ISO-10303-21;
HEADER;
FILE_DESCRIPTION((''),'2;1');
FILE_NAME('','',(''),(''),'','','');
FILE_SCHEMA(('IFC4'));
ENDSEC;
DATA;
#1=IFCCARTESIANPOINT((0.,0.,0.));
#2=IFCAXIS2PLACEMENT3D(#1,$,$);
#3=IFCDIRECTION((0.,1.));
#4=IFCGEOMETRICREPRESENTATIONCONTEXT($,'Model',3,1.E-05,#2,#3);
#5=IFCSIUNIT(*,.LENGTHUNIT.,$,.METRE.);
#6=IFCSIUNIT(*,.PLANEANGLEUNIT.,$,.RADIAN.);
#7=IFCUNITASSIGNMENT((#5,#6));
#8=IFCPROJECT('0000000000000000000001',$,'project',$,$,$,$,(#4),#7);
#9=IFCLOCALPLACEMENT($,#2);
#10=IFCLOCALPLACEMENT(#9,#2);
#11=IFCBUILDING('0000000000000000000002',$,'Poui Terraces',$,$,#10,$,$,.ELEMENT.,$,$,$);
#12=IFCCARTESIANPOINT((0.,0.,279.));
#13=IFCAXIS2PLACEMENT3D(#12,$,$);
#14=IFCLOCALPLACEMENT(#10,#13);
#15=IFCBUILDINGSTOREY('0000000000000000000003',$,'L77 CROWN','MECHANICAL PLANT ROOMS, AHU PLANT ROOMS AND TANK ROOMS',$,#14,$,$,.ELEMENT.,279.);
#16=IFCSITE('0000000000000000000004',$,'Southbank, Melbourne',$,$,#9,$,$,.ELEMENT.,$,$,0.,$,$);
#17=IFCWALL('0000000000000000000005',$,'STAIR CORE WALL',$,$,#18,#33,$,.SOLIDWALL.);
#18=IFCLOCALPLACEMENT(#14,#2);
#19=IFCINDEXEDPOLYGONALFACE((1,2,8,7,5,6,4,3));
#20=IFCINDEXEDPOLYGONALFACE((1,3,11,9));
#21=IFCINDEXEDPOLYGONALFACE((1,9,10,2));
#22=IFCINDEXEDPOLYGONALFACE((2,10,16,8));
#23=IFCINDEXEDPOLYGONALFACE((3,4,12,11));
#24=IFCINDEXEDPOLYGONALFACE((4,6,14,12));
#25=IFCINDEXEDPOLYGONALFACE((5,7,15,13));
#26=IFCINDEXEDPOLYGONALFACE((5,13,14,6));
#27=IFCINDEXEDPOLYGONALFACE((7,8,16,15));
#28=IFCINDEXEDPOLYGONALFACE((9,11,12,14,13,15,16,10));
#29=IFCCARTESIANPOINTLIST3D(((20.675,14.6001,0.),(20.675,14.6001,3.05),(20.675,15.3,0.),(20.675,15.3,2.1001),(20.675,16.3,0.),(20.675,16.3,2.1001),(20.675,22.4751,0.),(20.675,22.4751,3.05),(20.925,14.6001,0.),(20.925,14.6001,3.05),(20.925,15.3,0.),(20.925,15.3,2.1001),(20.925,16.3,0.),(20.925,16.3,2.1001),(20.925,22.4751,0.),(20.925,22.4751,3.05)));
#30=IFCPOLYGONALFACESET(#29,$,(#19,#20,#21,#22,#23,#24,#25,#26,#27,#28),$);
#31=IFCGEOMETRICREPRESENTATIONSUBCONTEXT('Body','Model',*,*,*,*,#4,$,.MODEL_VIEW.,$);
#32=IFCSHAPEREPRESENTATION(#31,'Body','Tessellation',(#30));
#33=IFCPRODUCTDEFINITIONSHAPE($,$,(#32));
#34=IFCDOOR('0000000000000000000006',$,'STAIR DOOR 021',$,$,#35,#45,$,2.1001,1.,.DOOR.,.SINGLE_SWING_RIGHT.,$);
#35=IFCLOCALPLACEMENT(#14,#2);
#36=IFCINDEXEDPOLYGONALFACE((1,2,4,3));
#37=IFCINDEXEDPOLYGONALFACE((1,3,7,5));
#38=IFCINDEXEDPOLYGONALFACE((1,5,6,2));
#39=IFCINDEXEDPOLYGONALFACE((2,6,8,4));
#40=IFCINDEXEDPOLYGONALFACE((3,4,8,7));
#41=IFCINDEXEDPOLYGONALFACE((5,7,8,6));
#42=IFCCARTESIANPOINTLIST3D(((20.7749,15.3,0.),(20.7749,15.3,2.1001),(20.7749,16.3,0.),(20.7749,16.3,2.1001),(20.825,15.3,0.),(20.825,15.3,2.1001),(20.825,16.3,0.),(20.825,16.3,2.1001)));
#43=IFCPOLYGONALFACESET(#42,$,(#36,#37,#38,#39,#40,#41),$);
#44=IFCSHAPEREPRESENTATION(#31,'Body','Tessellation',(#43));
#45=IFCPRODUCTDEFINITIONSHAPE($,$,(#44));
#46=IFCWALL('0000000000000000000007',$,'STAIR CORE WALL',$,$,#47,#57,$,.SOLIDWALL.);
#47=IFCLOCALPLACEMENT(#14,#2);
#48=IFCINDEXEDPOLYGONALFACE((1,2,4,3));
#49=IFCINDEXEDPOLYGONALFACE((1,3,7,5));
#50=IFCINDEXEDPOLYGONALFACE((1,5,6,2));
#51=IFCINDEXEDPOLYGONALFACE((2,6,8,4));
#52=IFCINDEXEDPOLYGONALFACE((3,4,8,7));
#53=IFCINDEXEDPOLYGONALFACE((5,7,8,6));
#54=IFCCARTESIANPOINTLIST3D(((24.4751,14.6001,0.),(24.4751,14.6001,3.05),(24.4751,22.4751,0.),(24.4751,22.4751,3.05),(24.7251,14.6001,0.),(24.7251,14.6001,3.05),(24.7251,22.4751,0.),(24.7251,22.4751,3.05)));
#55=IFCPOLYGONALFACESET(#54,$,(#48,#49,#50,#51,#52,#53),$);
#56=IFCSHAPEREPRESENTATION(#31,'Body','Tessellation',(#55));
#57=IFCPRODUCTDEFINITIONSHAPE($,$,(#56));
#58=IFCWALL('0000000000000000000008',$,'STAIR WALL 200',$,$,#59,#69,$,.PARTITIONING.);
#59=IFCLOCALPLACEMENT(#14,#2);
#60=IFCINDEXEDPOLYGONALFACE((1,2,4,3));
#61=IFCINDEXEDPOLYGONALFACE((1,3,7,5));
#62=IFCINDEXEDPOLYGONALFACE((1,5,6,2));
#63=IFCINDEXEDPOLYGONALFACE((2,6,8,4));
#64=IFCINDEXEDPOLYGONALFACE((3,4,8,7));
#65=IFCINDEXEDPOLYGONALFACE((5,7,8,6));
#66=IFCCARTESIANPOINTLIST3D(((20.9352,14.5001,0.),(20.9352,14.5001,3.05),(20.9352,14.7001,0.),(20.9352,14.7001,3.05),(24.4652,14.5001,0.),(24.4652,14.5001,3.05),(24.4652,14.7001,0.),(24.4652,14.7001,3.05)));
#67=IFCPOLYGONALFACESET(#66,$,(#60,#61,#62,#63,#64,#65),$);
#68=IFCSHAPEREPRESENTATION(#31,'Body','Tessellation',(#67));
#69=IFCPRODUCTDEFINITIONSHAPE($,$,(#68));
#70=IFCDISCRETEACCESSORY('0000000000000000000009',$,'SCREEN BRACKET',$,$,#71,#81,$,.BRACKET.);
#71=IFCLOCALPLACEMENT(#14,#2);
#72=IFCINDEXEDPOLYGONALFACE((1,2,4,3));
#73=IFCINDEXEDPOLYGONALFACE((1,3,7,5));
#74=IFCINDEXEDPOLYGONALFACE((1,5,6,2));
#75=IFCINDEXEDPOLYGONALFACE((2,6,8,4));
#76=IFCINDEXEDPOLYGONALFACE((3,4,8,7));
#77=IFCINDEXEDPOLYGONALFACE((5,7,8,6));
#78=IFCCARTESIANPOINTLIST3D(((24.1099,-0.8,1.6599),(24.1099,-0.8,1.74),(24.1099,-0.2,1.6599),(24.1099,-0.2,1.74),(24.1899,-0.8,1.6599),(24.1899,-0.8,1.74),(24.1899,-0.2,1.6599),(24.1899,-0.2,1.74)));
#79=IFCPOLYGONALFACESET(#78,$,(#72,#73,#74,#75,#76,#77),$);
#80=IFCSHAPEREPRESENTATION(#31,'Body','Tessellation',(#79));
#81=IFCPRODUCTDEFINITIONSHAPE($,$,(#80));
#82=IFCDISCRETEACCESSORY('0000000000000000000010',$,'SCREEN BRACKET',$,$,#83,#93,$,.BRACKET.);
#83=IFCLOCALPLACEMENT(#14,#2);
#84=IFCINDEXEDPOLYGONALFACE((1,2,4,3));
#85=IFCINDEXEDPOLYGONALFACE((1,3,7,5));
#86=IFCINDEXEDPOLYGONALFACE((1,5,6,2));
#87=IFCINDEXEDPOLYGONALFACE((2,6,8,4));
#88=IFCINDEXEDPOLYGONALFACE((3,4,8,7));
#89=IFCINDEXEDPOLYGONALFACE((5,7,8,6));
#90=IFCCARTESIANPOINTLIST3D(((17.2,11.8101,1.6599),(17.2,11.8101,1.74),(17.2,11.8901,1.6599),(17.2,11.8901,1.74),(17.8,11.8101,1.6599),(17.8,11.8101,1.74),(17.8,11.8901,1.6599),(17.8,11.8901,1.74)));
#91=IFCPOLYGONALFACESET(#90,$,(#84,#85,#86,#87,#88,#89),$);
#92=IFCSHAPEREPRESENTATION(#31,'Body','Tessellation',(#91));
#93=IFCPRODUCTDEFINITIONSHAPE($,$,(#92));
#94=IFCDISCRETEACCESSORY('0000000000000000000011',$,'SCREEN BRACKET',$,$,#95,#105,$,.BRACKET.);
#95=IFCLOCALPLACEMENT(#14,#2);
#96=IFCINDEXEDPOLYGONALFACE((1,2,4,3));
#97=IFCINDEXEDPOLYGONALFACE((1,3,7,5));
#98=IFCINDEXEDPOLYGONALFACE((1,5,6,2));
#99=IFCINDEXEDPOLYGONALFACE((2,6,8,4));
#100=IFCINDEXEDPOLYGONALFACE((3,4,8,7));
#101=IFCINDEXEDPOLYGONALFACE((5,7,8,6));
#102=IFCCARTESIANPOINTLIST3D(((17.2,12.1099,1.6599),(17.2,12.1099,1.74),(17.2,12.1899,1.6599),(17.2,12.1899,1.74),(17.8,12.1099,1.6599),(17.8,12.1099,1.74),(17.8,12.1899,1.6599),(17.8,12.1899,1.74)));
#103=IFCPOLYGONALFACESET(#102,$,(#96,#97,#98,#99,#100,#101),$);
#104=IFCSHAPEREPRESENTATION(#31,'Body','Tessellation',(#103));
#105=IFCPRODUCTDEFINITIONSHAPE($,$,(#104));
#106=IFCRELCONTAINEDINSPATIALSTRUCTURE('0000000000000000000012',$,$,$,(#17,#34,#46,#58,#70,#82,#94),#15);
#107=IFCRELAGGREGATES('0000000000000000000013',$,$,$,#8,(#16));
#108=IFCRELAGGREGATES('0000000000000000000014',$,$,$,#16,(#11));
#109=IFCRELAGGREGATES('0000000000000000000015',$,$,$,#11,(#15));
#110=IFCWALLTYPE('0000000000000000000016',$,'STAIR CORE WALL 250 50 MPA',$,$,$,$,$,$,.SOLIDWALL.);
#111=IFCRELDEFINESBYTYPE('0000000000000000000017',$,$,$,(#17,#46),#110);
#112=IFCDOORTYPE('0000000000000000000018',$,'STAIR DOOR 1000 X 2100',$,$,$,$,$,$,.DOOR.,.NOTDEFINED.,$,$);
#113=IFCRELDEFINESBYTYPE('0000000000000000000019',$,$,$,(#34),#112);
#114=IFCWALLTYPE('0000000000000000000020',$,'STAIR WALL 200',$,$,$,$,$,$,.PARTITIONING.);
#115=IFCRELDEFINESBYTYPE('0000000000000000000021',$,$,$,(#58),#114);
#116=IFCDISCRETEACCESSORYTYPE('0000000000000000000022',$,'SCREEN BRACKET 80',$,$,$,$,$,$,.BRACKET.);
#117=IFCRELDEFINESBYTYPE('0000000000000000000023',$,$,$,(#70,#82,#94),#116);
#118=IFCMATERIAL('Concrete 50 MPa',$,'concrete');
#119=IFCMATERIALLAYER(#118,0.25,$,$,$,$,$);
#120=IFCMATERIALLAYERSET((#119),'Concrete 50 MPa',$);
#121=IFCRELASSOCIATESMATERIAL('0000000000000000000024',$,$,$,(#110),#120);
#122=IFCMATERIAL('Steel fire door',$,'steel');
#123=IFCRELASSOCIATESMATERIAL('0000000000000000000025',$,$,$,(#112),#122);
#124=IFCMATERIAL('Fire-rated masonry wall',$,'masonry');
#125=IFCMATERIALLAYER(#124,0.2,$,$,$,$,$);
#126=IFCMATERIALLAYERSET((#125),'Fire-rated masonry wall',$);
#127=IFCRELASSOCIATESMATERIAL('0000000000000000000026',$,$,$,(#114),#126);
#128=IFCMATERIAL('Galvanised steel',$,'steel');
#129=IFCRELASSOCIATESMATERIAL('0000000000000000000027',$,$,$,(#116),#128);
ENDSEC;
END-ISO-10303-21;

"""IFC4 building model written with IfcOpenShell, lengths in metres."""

from ifc_helpers import new_model, si_unit, direction, frame, frame_2d, origin, origin_2d, place, context, subcontext, project, spatial, rectangle, extrude, source, transform, mapped, material, layer, layer_set, material_profile, profile_set, type_object, element, fill, save


model = new_model("IFC4")

# Units and contexts
model_context = context("Model", 3, precision=1e-05, world=origin(), true_north=direction((0.0, 1.0)))
body_context = subcontext(model_context, "Body", "Model", "MODEL_VIEW")
ifc_project = project(units=[si_unit("LENGTHUNIT", "METRE"), si_unit("PLANEANGLEUNIT", "RADIAN")], contexts=[model_context])

# Site, building, storey
site_placement = place(None, origin())
site = spatial("IfcSite", under=ifc_project, at=site_placement, Name="Southbank, Melbourne", CompositionType="ELEMENT", RefElevation=0.0)
building_placement = place(site_placement, origin())
building = spatial("IfcBuilding", under=site, at=building_placement, Name="Poui Terraces", CompositionType="ELEMENT")
storey_placement = place(building_placement, frame((0.0, 0.0, 279.0)))
storey = spatial("IfcBuildingStorey", under=building, at=storey_placement, Name="L77 CROWN", Description="MECHANICAL PLANT ROOMS, AHU PLANT ROOMS AND TANK ROOMS", CompositionType="ELEMENT", Elevation=279.0)

# Shared definitions
ifc_material_1 = material(Name="Concrete 50 MPa", Category="concrete")

# Shared definitions
ifc_material_2 = material(Name="Steel fire door", Category="steel")

# Wall, opening, door
ifc_layer_1 = layer(ifc_material_1, 0.25)
ifc_layer_set_1 = layer_set([ifc_layer_1], Name="Concrete 50 MPa")
wall_type_1 = type_object("IfcWallType", Name="STAIR CORE WALL 250 50 MPA", PredefinedType="SOLIDWALL", material=ifc_layer_set_1)
wall_1_placement = place(storey_placement, frame((20.8, 14.6001, 0.0), z_axis=(0.0, 0.0, 1.0), x_axis=(0.0, 1.0, 0.0)))
wall_1 = element("IfcWall", 1, at=wall_1_placement, inside=storey, type_object=wall_type_1, Name="STAIR CORE WALL", PredefinedType="SOLIDWALL", context=body_context, shape_type="SweptSolid", body=[
    extrude(rectangle(XDim=7.875, YDim=0.25, at=frame_2d((3.9375, 0.0))), origin(), (0.0, 0.0, 1.0), 3.05),
])
opening_1_placement = place(wall_1_placement, frame((0.7, 0.0, 0.0)))
opening_1 = element("IfcOpeningElement", 2, at=opening_1_placement, cuts=wall_1, PredefinedType="OPENING", context=body_context, shape_type="SweptSolid", body=[
    extrude(rectangle(XDim=1.0, YDim=2.1001, at=frame_2d((0.5, 1.05))), frame((0.0, 0.135, 0.0), z_axis=(0.0, -1.0, 0.0), x_axis=(1.0, 0.0, 0.0)), (0.0, 0.0, 1.0), 0.27),
])
door_type_1 = type_object("IfcDoorType", Name="STAIR DOOR 1000 X 2100", OperationType="NOTDEFINED", PredefinedType="DOOR", material=ifc_material_2)
door_1_placement = place(opening_1_placement, frame((1.0, 0.0, 0.0), z_axis=(0.0, 0.0, 1.0), x_axis=(-1.0, 0.0, 0.0)))
door_1 = element("IfcDoor", 3, at=door_1_placement, inside=storey, type_object=door_type_1, Name="STAIR DOOR 021", OperationType="SINGLE_SWING_RIGHT", OverallHeight=2.1001, OverallWidth=1.0, PredefinedType="DOOR", context=body_context, shape_type="SweptSolid", body=[
    extrude(rectangle(XDim=1.0, YDim=2.1001, at=frame_2d((0.5, 1.05))), frame((0.0, 0.0249, 0.0), z_axis=(0.0, -1.0, 0.0), x_axis=(1.0, 0.0, 0.0)), (0.0, 0.0, 1.0), 0.05),
])
fill(opening_1, door_1)

# Walls
wall_2_placement = place(storey_placement, frame((24.6001, 14.6001, 0.0), z_axis=(0.0, 0.0, 1.0), x_axis=(0.0, 1.0, 0.0)))
element("IfcWall", 4, at=wall_2_placement, inside=storey, type_object=wall_type_1, Name="STAIR CORE WALL", PredefinedType="SOLIDWALL", context=body_context, shape_type="SweptSolid", body=[
    extrude(rectangle(XDim=7.875, YDim=0.25, at=frame_2d((3.9375, 0.0))), origin(), (0.0, 0.0, 1.0), 3.05),
])
ifc_material_3 = material(Name="Fire-rated masonry wall", Category="masonry")
ifc_layer_2 = layer(ifc_material_3, 0.2)
ifc_layer_set_2 = layer_set([ifc_layer_2], Name="Fire-rated masonry wall")
wall_type_2 = type_object("IfcWallType", Name="STAIR WALL 200", PredefinedType="PARTITIONING", material=ifc_layer_set_2)
wall_3_placement = place(storey_placement, frame((20.9351, 14.6001, 0.0), z_axis=(0.0, 0.0, 1.0), x_axis=(1.0, 0.0, 0.0)))
element("IfcWall", 5, at=wall_3_placement, inside=storey, type_object=wall_type_2, Name="STAIR WALL 200", PredefinedType="PARTITIONING", context=body_context, shape_type="SweptSolid", body=[
    extrude(rectangle(XDim=3.53, YDim=0.2, at=frame_2d((1.7651, 0.0))), origin(), (0.0, 0.0, 1.0), 3.05),
])

# Discrete accessories
ifc_material_4 = material(Name="Galvanised steel", Category="steel")
ifc_material_profile_1 = material_profile(ifc_material_4, rectangle(XDim=0.0801, YDim=0.0801, at=origin_2d()), Name="SCREEN BRACKET 80")
ifc_profile_set_1 = profile_set([ifc_material_profile_1], Name="Galvanised steel")
discrete_accessory_type = type_object("IfcDiscreteAccessoryType", Name="SCREEN BRACKET 80", PredefinedType="BRACKET", material=ifc_profile_set_1)
shared_shape_1 = source(origin(), body_context, "Body", "SweptSolid", [
    extrude(rectangle(XDim=0.0801, YDim=0.0801, at=origin_2d()), origin(), (0.0, 0.0, 1.0), 0.6001),
])
for number, where, z_axis, x_axis, name in (
    (6, (24.1499, -0.2, 1.7), (0.0, -1.0, 0.0), (1.0, 0.0, 0.0), "SCREEN BRACKET"),
    (7, (17.8, 11.8501, 1.7), (-1.0, 0.0, 0.0), (0.0, -1.0, 0.0), "SCREEN BRACKET"),
    (8, (17.8, 12.1499, 1.7), (-1.0, 0.0, 0.0), (0.0, -1.0, 0.0), "SCREEN BRACKET"),
):
    element("IfcDiscreteAccessory", number, at=place(storey_placement, frame(where, z_axis=z_axis, x_axis=x_axis)), inside=storey, type_object=discrete_accessory_type, Name=name, PredefinedType="BRACKET", context=body_context, shape_type="MappedRepresentation", body=[
        mapped(shared_shape_1, transform((0.0, 0.0, 0.0))),
    ])

save(model, "model.ifc")
